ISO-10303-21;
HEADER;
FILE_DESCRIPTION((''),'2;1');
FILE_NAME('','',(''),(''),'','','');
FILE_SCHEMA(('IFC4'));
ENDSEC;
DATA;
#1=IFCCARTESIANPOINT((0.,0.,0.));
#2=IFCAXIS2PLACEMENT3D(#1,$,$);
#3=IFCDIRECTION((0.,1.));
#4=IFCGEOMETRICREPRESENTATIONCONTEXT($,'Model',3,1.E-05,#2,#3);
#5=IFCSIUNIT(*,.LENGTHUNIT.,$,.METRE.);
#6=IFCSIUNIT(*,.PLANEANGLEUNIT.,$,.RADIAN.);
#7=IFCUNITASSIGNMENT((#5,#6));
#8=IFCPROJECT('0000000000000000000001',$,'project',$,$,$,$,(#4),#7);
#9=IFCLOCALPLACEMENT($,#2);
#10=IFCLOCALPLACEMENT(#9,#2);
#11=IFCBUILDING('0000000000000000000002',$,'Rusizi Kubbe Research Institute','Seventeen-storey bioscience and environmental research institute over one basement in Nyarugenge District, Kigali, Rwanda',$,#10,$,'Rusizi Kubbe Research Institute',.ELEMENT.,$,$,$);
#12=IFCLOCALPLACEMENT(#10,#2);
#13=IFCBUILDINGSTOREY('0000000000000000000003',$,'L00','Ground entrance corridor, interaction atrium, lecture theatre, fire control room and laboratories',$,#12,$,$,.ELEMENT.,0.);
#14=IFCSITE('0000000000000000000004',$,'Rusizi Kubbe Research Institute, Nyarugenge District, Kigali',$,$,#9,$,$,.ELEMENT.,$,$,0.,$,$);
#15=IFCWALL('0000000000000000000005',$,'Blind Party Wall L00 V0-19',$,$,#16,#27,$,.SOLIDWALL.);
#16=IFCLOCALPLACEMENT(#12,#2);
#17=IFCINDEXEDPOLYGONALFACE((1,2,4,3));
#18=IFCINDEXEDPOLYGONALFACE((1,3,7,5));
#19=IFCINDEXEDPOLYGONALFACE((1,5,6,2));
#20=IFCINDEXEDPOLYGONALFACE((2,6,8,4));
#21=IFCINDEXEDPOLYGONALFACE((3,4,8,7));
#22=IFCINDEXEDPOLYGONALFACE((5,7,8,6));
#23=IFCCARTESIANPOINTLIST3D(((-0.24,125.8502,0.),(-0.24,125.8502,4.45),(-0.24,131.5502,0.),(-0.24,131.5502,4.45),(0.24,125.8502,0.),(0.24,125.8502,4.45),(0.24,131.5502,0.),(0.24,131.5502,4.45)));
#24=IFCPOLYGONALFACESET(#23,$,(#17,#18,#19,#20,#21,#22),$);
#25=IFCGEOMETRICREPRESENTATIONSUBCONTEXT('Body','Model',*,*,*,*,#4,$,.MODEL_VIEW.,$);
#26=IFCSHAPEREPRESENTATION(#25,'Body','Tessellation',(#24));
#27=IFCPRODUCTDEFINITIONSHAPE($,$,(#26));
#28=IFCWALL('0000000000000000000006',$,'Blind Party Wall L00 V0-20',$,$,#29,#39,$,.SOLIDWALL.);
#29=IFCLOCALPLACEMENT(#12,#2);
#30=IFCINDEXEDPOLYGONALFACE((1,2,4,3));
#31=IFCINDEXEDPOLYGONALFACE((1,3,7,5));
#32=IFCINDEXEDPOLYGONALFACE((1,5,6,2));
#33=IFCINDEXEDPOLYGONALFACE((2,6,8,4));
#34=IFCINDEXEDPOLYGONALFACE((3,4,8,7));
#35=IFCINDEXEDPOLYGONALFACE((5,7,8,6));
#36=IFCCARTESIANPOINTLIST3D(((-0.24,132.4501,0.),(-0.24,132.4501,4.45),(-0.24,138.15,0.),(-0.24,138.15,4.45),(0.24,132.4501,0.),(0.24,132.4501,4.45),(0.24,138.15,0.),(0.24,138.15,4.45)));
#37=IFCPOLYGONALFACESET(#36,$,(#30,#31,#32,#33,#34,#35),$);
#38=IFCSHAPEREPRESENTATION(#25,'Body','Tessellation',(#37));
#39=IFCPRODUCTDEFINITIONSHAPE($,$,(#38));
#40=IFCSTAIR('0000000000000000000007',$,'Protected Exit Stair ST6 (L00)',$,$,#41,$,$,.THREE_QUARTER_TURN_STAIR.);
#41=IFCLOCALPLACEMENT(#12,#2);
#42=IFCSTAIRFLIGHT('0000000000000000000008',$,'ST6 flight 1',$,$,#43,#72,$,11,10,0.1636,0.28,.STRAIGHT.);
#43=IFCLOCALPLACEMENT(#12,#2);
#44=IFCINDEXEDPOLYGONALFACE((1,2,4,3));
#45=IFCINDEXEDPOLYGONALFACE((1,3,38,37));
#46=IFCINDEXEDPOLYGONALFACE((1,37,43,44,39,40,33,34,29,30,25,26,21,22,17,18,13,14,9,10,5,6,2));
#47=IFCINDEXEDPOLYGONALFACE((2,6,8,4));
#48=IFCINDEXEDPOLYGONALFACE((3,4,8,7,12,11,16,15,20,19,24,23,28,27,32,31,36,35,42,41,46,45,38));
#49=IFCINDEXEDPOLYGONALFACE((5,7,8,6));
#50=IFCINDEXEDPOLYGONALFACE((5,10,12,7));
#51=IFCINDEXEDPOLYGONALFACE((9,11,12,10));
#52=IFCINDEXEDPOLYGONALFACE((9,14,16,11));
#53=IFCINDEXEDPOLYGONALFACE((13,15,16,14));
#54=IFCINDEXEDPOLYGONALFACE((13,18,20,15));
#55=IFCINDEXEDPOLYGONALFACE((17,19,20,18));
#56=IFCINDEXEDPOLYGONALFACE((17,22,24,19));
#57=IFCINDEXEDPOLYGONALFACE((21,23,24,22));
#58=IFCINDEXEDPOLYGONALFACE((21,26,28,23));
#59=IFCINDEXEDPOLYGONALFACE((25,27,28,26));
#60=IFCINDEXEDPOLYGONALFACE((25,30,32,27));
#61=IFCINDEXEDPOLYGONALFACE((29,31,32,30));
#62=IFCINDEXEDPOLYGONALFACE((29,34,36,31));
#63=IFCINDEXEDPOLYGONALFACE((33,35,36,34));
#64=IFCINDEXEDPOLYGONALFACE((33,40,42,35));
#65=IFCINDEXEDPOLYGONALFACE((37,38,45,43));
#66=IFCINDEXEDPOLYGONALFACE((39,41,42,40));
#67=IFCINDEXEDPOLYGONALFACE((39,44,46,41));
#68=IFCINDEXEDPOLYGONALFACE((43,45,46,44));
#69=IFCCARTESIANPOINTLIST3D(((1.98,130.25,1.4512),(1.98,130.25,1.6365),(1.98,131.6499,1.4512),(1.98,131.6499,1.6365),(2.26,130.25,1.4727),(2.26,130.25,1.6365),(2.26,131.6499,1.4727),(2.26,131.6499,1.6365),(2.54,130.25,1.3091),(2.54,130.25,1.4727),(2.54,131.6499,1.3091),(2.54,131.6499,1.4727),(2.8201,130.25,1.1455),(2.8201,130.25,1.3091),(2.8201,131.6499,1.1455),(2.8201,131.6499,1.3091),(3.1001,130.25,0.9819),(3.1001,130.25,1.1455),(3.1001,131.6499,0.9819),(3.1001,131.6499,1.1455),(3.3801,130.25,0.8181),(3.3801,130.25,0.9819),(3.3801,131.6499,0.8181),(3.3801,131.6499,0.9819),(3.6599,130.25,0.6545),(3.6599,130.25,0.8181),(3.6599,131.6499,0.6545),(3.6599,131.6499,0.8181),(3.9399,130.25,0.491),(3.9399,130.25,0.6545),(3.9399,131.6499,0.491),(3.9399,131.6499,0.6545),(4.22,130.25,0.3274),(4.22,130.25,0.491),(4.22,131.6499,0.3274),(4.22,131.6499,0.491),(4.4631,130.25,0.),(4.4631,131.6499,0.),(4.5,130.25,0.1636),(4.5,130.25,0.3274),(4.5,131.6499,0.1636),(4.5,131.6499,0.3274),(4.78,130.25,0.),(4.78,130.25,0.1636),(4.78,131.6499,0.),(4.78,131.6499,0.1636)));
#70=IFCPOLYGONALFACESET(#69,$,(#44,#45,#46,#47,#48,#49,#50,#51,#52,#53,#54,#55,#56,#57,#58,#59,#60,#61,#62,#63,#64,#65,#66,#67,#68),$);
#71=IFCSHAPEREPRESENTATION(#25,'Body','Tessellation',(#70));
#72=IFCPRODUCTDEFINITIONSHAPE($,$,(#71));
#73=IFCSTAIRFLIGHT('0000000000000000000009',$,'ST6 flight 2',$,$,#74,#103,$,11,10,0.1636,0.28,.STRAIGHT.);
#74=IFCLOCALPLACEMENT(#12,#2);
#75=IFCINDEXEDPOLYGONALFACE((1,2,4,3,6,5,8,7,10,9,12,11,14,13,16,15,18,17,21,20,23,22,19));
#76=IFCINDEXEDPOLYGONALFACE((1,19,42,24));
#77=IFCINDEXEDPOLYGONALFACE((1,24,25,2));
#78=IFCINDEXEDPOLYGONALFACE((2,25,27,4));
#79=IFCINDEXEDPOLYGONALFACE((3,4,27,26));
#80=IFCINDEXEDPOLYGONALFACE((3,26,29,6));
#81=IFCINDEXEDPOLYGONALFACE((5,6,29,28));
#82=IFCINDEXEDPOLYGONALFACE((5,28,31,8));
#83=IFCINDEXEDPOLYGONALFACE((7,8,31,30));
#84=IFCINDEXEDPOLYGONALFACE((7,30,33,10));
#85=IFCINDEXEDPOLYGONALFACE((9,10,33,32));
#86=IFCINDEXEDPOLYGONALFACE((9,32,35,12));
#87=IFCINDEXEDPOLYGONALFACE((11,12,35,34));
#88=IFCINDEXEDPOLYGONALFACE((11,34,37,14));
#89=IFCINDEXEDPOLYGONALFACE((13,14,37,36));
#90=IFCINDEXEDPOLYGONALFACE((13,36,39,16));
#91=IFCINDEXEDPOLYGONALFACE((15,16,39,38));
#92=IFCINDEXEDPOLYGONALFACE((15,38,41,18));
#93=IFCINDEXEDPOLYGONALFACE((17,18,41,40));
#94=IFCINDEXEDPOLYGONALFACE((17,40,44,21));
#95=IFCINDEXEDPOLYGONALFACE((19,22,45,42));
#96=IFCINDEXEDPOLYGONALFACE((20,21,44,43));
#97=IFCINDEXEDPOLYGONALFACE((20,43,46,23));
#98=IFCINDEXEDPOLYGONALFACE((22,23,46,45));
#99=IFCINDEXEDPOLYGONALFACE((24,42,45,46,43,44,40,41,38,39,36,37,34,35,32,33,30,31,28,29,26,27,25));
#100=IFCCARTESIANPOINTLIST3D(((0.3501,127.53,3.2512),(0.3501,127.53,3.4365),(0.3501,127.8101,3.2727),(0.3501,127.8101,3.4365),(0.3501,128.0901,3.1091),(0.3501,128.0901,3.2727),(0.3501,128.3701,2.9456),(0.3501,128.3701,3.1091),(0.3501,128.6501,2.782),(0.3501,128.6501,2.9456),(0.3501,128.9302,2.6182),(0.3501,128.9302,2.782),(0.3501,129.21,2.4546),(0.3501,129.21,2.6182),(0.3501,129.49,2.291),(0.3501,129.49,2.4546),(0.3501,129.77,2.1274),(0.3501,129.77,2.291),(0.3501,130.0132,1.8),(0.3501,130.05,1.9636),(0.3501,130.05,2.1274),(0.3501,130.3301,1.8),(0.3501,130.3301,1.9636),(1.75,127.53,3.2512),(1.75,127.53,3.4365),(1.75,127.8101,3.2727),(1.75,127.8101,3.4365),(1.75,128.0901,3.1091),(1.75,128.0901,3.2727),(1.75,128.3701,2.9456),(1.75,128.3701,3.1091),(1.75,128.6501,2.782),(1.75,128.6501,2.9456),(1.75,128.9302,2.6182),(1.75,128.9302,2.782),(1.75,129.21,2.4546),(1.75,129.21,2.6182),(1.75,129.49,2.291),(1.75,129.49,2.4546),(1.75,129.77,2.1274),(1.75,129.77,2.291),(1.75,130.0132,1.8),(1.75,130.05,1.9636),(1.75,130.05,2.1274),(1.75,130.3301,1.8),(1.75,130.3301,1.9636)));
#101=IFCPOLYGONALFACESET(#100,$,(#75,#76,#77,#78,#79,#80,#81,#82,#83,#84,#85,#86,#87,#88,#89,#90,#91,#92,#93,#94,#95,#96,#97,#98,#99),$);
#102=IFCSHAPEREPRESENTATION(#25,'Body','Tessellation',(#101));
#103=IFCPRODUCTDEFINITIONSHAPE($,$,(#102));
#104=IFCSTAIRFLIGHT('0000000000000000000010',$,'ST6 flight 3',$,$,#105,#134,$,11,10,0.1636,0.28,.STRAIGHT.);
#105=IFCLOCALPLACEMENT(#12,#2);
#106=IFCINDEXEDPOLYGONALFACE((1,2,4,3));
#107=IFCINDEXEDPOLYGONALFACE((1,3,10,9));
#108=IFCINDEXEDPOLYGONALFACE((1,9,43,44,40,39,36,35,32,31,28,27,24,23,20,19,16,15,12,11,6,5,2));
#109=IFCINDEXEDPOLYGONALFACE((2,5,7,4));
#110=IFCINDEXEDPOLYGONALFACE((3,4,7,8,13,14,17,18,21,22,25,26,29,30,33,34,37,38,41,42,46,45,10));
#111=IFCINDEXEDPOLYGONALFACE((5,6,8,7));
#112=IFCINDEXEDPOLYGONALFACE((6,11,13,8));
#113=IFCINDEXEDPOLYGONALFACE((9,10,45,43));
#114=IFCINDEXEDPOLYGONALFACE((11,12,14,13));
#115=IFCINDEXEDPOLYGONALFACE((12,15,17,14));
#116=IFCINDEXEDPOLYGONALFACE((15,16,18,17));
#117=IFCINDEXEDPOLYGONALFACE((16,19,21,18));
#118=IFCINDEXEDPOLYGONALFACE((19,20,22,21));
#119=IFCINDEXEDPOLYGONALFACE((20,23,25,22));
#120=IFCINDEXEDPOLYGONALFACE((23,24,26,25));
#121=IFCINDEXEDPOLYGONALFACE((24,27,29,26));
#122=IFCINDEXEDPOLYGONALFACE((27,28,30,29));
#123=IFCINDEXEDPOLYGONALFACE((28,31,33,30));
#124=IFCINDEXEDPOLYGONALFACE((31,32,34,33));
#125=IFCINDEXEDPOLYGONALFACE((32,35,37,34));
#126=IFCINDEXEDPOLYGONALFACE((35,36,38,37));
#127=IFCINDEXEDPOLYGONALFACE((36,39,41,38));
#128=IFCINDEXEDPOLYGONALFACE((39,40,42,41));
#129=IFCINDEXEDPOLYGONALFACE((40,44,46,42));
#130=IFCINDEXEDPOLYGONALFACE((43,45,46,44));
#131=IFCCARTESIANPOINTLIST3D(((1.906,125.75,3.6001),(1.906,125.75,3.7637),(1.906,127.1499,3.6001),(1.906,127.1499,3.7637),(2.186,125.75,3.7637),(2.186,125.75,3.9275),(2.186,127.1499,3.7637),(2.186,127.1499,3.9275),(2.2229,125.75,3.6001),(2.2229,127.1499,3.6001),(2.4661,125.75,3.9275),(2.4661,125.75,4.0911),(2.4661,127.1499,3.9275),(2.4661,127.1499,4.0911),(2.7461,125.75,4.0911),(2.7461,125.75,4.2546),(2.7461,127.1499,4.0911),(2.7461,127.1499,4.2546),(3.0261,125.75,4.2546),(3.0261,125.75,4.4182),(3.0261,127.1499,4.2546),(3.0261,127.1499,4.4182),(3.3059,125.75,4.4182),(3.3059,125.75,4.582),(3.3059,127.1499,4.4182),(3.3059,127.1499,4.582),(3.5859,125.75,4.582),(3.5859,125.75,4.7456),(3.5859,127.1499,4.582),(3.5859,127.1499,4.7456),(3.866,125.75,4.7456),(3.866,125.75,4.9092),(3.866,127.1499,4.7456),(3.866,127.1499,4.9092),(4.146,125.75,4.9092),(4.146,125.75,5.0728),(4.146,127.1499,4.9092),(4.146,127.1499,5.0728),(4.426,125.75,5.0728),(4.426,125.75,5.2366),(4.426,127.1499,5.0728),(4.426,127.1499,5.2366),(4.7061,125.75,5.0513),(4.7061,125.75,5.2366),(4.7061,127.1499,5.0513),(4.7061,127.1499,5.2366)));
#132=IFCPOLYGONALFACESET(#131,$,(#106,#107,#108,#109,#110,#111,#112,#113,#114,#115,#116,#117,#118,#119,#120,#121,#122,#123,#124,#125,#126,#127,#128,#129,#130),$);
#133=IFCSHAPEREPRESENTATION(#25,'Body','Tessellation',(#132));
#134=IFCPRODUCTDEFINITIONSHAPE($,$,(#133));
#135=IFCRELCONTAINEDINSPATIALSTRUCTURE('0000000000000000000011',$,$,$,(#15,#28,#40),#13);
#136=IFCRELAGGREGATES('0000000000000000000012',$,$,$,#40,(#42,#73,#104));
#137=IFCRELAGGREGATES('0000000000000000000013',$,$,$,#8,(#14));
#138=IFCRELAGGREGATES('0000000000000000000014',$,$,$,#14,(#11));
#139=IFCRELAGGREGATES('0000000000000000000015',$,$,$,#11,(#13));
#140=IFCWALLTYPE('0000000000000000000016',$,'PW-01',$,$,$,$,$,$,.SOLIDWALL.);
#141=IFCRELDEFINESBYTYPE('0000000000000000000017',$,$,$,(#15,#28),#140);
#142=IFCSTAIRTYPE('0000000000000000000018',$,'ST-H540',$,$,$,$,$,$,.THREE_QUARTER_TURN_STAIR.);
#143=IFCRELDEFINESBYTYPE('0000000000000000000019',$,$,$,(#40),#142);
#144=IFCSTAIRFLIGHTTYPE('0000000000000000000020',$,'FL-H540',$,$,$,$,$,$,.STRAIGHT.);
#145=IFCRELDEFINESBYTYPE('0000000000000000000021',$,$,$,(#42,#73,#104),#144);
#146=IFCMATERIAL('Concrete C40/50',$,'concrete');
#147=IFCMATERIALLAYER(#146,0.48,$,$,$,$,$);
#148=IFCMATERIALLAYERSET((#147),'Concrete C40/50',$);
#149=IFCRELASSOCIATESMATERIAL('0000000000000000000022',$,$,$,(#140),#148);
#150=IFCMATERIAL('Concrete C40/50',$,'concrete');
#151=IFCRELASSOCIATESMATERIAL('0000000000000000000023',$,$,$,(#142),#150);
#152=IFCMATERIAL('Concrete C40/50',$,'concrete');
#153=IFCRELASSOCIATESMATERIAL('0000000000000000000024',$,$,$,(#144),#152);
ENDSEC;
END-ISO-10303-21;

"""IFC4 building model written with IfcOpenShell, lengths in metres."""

from ifc_helpers import new_model, si_unit, direction, frame, frame_2d, origin, place, context, subcontext, project, spatial, polyline, rectangle, outline, extrude, material, layer, layer_set, type_object, element, aggregate, save


model = new_model("IFC4")

# Units and contexts
model_context = context("Model", 3, precision=1e-05, world=origin(), true_north=direction((0.0, 1.0)))
body_context = subcontext(model_context, "Body", "Model", "MODEL_VIEW")
ifc_project = project(units=[si_unit("LENGTHUNIT", "METRE"), si_unit("PLANEANGLEUNIT", "RADIAN")], contexts=[model_context])

# Site, building, storey
site_placement = place(None, origin())
site = spatial("IfcSite", under=ifc_project, at=site_placement, Name="Rusizi Kubbe Research Institute, Nyarugenge District, Kigali", CompositionType="ELEMENT", RefElevation=0.0)
building_placement = place(site_placement, origin())
building = spatial("IfcBuilding", under=site, at=building_placement, Name="Rusizi Kubbe Research Institute", Description="Seventeen-storey bioscience and environmental research institute over one basement in Nyarugenge District, Kigali, Rwanda", LongName="Rusizi Kubbe Research Institute", CompositionType="ELEMENT")
storey_placement = place(building_placement, origin())
storey = spatial("IfcBuildingStorey", under=building, at=storey_placement, Name="L00", Description="Ground entrance corridor, interaction atrium, lecture theatre, fire control room and laboratories", CompositionType="ELEMENT", Elevation=0.0)

# Walls
ifc_material_1 = material(Name="Concrete C40/50", Category="concrete")
ifc_layer_1 = layer(ifc_material_1, 0.48)
ifc_layer_set_1 = layer_set([ifc_layer_1], Name="Concrete C40/50")
wall_type_1 = type_object("IfcWallType", Name="PW-01", PredefinedType="SOLIDWALL", material=ifc_layer_set_1)
for number, where, z_axis, x_axis, name in (
    (1, (0.0, 125.8501, 0.0), (0.0, 0.0, 1.0), (0.0, 1.0, 0.0), "Blind Party Wall L00 V0-19"),
    (2, (0.0, 132.45, 0.0), (0.0, 0.0, 1.0), (0.0, 1.0, 0.0), "Blind Party Wall L00 V0-20"),
):
    element("IfcWall", number, at=place(storey_placement, frame(where, z_axis=z_axis, x_axis=x_axis)), inside=storey, type_object=wall_type_1, Name=name, PredefinedType="SOLIDWALL", context=body_context, shape_type="SweptSolid", body=[
        extrude(rectangle(XDim=5.7, YDim=0.48, at=frame_2d((2.8501, 0.0))), origin(), (0.0, 0.0, 1.0), 4.45),
    ])

# Stair, stair flights
ifc_material_2 = material(Name="Concrete C40/50", Category="concrete")
stair_type = type_object("IfcStairType", Name="ST-H540", PredefinedType="THREE_QUARTER_TURN_STAIR", material=ifc_material_2)
stair_placement = place(storey_placement, origin())
stair = element("IfcStair", 3, at=stair_placement, inside=storey, type_object=stair_type, Name="Protected Exit Stair ST6 (L00)", PredefinedType="THREE_QUARTER_TURN_STAIR")
ifc_material_3 = material(Name="Concrete C40/50", Category="concrete")
stair_flight_type = type_object("IfcStairFlightType", Name="FL-H540", PredefinedType="STRAIGHT", material=ifc_material_3)
stair_flight_1_placement = place(storey_placement, frame((4.78, 130.95, 0.0), z_axis=(0.0, 0.0, 1.0), x_axis=(-1.0, 0.0, 0.0)))
stair_flight_1 = element("IfcStairFlight", 4, at=stair_flight_1_placement, type_object=stair_flight_type, Name="ST6 flight 1", NumberOfRisers=11, NumberOfTreads=10, PredefinedType="STRAIGHT", RiserHeight=0.1636, TreadLength=0.28, context=body_context, shape_type="SweptSolid", body=[
    extrude(outline(polyline([(0.0, 0.0), (0.0, 0.1636), (0.28, 0.1636), (0.28, 0.3274), (0.5601, 0.3274), (0.5601, 0.491), (0.8401, 0.491), (0.8401, 0.6545), (1.1201, 0.6545), (1.1201, 0.8181), (1.3999, 0.8181), (1.3999, 0.9819), (1.6799, 0.9819), (1.6799, 1.1455), (1.96, 1.1455), (1.96, 1.3091), (2.24, 1.3091), (2.24, 1.4727), (2.52, 1.4727), (2.52, 1.6365), (2.8, 1.6365), (2.8, 1.8), (2.8, 1.4512), (0.3169, 0.0), (0.0, 0.0)])), frame((0.0, 0.7, 0.0), z_axis=(0.0, -1.0, 0.0), x_axis=(1.0, 0.0, 0.0)), (0.0, 0.0, 1.0), 1.3999),
])
stair_flight_2_placement = place(storey_placement, frame((1.05, 130.3301, 1.8), z_axis=(0.0, 0.0, 1.0), x_axis=(0.0, -1.0, 0.0)))
stair_flight_2 = element("IfcStairFlight", 5, at=stair_flight_2_placement, type_object=stair_flight_type, Name="ST6 flight 2", NumberOfRisers=11, NumberOfTreads=10, PredefinedType="STRAIGHT", RiserHeight=0.1636, TreadLength=0.28, context=body_context, shape_type="SweptSolid", body=[
    extrude(outline(polyline([(0.0, 0.0), (0.0, 0.1636), (0.28, 0.1636), (0.28, 0.3274), (0.5601, 0.3274), (0.5601, 0.491), (0.8401, 0.491), (0.8401, 0.6545), (1.1201, 0.6545), (1.1201, 0.8181), (1.3999, 0.8181), (1.3999, 0.9819), (1.6799, 0.9819), (1.6799, 1.1455), (1.96, 1.1455), (1.96, 1.3091), (2.24, 1.3091), (2.24, 1.4727), (2.52, 1.4727), (2.52, 1.6365), (2.8, 1.6365), (2.8, 1.8), (2.8, 1.4512), (0.3169, 0.0), (0.0, 0.0)])), frame((0.0, 0.7, 0.0), z_axis=(0.0, -1.0, 0.0), x_axis=(1.0, 0.0, 0.0)), (0.0, 0.0, 1.0), 1.3999),
])
stair_flight_3_placement = place(storey_placement, frame((1.906, 126.45, 3.6001), z_axis=(0.0, 0.0, 1.0), x_axis=(1.0, 0.0, 0.0)))
stair_flight_3 = element("IfcStairFlight", 6, at=stair_flight_3_placement, type_object=stair_flight_type, Name="ST6 flight 3", NumberOfRisers=11, NumberOfTreads=10, PredefinedType="STRAIGHT", RiserHeight=0.1636, TreadLength=0.28, context=body_context, shape_type="SweptSolid", body=[
    extrude(outline(polyline([(0.0, 0.0), (0.0, 0.1636), (0.28, 0.1636), (0.28, 0.3274), (0.5601, 0.3274), (0.5601, 0.491), (0.8401, 0.491), (0.8401, 0.6545), (1.1201, 0.6545), (1.1201, 0.8181), (1.3999, 0.8181), (1.3999, 0.9819), (1.6799, 0.9819), (1.6799, 1.1455), (1.96, 1.1455), (1.96, 1.3091), (2.24, 1.3091), (2.24, 1.4727), (2.52, 1.4727), (2.52, 1.6365), (2.8, 1.6365), (2.8, 1.8), (2.8, 1.4512), (0.3169, 0.0), (0.0, 0.0)])), frame((0.0, 0.7, 0.0), z_axis=(0.0, -1.0, 0.0), x_axis=(1.0, 0.0, 0.0)), (0.0, 0.0, 1.0), 1.3999),
])
aggregate(stair, [stair_flight_1, stair_flight_2, stair_flight_3])

save(model, "model.ifc")
